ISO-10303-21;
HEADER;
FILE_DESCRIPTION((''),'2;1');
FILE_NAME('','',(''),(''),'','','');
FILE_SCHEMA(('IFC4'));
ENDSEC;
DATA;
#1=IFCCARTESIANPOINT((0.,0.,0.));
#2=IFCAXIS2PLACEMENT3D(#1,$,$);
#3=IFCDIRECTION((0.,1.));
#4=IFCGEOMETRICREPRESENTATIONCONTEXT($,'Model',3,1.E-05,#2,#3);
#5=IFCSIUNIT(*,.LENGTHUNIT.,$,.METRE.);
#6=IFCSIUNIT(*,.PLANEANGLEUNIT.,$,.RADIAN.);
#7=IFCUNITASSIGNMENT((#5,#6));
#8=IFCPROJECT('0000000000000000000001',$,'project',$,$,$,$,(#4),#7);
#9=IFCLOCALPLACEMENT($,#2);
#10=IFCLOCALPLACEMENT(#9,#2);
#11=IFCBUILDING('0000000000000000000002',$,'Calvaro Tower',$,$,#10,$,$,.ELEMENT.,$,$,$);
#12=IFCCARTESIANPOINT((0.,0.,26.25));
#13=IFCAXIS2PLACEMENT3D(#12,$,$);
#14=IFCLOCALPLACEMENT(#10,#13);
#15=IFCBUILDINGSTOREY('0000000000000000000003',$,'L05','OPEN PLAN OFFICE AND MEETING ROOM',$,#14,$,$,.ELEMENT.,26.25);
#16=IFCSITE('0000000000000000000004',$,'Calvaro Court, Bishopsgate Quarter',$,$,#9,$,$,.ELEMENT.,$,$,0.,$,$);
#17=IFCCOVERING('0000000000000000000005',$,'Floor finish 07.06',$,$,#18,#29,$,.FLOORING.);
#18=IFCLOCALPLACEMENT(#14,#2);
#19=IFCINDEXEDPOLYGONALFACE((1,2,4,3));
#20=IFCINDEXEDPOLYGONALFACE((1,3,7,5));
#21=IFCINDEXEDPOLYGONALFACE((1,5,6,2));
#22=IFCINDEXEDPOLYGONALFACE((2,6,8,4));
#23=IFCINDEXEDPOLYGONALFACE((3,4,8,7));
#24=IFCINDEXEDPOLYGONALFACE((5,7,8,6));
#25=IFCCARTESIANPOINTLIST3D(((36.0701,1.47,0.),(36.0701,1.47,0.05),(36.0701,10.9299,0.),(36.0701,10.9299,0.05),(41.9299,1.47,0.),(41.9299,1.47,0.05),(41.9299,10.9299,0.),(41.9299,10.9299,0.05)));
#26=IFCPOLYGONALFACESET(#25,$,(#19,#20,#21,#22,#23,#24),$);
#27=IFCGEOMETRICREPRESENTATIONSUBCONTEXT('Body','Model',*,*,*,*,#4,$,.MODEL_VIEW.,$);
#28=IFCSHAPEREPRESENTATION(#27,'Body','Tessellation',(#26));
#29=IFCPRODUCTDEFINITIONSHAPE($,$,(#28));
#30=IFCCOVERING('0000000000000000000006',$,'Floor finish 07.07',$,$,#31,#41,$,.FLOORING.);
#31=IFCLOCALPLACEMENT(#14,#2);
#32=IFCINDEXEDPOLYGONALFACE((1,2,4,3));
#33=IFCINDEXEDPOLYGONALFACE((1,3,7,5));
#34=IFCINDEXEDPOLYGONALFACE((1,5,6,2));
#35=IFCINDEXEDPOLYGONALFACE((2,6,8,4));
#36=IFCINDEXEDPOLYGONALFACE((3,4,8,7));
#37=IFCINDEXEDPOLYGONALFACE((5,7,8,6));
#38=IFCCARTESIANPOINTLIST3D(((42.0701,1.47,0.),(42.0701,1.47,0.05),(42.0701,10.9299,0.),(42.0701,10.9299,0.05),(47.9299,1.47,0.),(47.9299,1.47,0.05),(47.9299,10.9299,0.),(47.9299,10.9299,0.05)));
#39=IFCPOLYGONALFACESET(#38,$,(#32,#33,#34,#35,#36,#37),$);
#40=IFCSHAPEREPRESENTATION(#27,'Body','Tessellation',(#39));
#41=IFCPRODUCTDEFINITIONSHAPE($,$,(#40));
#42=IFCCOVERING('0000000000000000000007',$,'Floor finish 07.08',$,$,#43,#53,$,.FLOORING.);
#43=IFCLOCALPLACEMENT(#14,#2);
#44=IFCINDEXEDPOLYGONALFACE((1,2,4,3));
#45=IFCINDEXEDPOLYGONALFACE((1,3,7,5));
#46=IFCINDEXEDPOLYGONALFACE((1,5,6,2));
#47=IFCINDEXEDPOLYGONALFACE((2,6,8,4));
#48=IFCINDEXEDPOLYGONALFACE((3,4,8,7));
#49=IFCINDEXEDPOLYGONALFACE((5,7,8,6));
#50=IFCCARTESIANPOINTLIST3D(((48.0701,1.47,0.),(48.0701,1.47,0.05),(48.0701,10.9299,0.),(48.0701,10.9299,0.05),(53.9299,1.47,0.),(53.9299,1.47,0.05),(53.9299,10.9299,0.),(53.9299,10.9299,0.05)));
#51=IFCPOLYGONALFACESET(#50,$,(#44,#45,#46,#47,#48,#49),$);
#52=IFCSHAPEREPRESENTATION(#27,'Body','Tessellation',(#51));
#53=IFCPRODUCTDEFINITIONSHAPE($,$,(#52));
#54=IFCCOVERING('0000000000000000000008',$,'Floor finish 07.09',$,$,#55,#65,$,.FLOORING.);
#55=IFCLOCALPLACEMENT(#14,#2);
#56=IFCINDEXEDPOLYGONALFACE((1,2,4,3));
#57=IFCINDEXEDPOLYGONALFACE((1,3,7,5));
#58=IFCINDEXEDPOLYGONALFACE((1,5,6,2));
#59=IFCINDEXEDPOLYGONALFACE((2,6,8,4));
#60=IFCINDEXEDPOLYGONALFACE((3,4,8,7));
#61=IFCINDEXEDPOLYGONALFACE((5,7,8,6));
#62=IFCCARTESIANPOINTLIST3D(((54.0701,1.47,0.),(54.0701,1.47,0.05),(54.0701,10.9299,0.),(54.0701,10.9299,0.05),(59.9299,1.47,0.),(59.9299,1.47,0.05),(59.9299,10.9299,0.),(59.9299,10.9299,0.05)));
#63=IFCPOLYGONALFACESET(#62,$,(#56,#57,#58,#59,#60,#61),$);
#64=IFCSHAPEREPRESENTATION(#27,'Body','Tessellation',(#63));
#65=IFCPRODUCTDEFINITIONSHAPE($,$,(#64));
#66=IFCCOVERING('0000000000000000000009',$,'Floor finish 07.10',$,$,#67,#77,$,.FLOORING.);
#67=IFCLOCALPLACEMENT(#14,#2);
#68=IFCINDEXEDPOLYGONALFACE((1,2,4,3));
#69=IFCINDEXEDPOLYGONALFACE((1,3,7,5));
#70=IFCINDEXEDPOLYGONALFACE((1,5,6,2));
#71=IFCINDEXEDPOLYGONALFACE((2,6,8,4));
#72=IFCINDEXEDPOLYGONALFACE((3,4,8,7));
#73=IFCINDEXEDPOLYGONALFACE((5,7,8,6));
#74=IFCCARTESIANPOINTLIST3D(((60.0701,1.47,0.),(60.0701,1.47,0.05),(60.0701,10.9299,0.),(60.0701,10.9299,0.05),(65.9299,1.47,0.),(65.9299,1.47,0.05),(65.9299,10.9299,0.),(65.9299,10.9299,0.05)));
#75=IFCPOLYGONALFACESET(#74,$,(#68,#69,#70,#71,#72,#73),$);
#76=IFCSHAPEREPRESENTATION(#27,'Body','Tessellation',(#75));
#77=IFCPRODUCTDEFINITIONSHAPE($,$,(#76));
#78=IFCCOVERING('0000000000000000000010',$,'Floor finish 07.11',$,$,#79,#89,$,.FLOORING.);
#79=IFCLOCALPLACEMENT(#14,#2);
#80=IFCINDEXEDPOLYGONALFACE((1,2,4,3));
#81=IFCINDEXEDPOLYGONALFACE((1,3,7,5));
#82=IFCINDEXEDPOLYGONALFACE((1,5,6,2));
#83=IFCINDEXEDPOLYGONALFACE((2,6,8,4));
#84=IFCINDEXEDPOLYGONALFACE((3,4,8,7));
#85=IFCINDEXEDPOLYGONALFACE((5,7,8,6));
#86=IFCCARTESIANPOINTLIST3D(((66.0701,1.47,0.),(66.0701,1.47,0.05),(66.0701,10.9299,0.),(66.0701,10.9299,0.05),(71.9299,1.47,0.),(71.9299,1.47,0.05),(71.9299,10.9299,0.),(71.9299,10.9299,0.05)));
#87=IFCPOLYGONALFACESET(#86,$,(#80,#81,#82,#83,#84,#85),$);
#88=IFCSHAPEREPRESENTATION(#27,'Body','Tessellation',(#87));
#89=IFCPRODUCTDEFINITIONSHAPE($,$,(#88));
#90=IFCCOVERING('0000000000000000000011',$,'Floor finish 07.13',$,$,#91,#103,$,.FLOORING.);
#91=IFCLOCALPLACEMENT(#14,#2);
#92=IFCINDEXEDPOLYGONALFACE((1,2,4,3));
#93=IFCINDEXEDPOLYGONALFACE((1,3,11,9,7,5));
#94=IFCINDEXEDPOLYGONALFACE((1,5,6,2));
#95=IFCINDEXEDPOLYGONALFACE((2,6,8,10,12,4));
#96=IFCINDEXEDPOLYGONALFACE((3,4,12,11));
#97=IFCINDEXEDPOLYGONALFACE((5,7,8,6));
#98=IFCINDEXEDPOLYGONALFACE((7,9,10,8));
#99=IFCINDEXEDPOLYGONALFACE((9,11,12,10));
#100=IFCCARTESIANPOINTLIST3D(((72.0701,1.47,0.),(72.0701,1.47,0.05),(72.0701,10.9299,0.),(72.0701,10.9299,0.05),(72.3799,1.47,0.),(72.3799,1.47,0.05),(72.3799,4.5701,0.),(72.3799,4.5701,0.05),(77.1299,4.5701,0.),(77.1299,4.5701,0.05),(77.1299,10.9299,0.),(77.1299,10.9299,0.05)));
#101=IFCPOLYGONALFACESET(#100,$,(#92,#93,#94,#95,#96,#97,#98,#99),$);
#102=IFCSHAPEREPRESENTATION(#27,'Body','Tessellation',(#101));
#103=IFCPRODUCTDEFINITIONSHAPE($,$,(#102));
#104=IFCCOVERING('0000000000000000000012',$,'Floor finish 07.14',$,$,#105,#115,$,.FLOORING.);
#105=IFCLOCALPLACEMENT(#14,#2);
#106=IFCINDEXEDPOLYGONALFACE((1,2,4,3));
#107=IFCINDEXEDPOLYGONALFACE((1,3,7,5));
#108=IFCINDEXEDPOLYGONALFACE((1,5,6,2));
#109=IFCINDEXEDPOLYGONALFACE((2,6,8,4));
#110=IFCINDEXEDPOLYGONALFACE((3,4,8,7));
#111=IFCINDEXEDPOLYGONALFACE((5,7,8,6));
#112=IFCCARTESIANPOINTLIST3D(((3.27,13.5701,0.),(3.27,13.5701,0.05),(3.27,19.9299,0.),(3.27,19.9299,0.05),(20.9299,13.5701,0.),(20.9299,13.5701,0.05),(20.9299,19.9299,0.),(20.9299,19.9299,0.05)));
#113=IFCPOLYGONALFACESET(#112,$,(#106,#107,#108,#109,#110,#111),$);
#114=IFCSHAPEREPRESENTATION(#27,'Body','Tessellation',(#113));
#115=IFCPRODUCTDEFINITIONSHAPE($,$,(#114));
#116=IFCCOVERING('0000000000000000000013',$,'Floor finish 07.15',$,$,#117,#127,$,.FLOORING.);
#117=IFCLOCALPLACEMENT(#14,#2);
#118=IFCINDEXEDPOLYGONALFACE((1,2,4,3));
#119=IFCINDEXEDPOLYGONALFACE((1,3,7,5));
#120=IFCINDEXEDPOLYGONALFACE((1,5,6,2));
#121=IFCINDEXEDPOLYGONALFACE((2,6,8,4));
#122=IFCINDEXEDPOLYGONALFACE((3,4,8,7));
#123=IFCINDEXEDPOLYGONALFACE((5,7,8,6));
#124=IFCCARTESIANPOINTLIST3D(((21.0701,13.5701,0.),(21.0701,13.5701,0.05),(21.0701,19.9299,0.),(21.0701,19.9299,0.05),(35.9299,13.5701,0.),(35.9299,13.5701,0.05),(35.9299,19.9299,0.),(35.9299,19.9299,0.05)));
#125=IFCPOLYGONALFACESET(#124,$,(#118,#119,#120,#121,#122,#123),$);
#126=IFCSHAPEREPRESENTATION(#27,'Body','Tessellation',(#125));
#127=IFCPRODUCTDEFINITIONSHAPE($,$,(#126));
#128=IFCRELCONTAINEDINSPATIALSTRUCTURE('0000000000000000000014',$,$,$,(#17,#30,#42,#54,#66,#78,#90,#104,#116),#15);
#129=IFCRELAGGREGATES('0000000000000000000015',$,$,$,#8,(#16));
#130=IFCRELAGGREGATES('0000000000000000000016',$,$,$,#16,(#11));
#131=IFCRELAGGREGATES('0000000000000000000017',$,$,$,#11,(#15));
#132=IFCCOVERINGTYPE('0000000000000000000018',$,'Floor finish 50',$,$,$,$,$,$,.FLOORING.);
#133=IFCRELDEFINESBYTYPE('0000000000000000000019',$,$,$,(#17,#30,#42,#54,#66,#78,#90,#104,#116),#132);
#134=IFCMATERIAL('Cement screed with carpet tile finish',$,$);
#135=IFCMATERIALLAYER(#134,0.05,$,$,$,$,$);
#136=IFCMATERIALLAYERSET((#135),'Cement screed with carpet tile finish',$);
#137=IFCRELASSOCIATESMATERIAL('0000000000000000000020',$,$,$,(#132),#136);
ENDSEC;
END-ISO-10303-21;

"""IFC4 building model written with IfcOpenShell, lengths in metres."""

from ifc_helpers import new_model, si_unit, direction, frame, origin, place, context, subcontext, project, spatial, polyline, outline, extrude, material, layer, layer_set, type_object, element, save


model = new_model("IFC4")

# Units and contexts
model_context = context("Model", 3, precision=1e-05, world=origin(), true_north=direction((0.0, 1.0)))
body_context = subcontext(model_context, "Body", "Model", "MODEL_VIEW")
ifc_project = project(units=[si_unit("LENGTHUNIT", "METRE"), si_unit("PLANEANGLEUNIT", "RADIAN")], contexts=[model_context])

# Site, building, storey
site_placement = place(None, origin())
site = spatial("IfcSite", under=ifc_project, at=site_placement, Name="Calvaro Court, Bishopsgate Quarter", CompositionType="ELEMENT", RefElevation=0.0)
building_placement = place(site_placement, origin())
building = spatial("IfcBuilding", under=site, at=building_placement, Name="Calvaro Tower", CompositionType="ELEMENT")
storey_placement = place(building_placement, frame((0.0, 0.0, 26.25)))
storey = spatial("IfcBuildingStorey", under=building, at=storey_placement, Name="L05", Description="OPEN PLAN OFFICE AND MEETING ROOM", CompositionType="ELEMENT", Elevation=26.25)

# Coverings
ifc_material_1 = material(Name="Cement screed with carpet tile finish")
ifc_layer_1 = layer(ifc_material_1, 0.05)
ifc_layer_set_1 = layer_set([ifc_layer_1], Name="Cement screed with carpet tile finish")
covering_type = type_object("IfcCoveringType", Name="Floor finish 50", PredefinedType="FLOORING", material=ifc_layer_set_1)
covering_1_placement = place(storey_placement, origin())
element("IfcCovering", 1, at=covering_1_placement, inside=storey, type_object=covering_type, Name="Floor finish 07.06", PredefinedType="FLOORING", context=body_context, shape_type="SweptSolid", body=[
    extrude(outline(polyline([(36.0701, 10.9299), (41.9299, 10.9299), (41.9299, 1.47), (36.0701, 1.47), (36.0701, 10.9299)])), origin(), (0.0, 0.0, 1.0), 0.05),
])
covering_2_placement = place(storey_placement, origin())
element("IfcCovering", 2, at=covering_2_placement, inside=storey, type_object=covering_type, Name="Floor finish 07.07", PredefinedType="FLOORING", context=body_context, shape_type="SweptSolid", body=[
    extrude(outline(polyline([(42.0701, 10.9299), (47.9299, 10.9299), (47.9299, 1.47), (42.0701, 1.47), (42.0701, 10.9299)])), origin(), (0.0, 0.0, 1.0), 0.05),
])
covering_3_placement = place(storey_placement, origin())
element("IfcCovering", 3, at=covering_3_placement, inside=storey, type_object=covering_type, Name="Floor finish 07.08", PredefinedType="FLOORING", context=body_context, shape_type="SweptSolid", body=[
    extrude(outline(polyline([(48.0701, 10.9299), (53.9299, 10.9299), (53.9299, 1.47), (48.0701, 1.47), (48.0701, 10.9299)])), origin(), (0.0, 0.0, 1.0), 0.05),
])
covering_4_placement = place(storey_placement, origin())
element("IfcCovering", 4, at=covering_4_placement, inside=storey, type_object=covering_type, Name="Floor finish 07.09", PredefinedType="FLOORING", context=body_context, shape_type="SweptSolid", body=[
    extrude(outline(polyline([(54.0701, 10.9299), (59.9299, 10.9299), (59.9299, 1.47), (54.0701, 1.47), (54.0701, 10.9299)])), origin(), (0.0, 0.0, 1.0), 0.05),
])
covering_5_placement = place(storey_placement, origin())
element("IfcCovering", 5, at=covering_5_placement, inside=storey, type_object=covering_type, Name="Floor finish 07.10", PredefinedType="FLOORING", context=body_context, shape_type="SweptSolid", body=[
    extrude(outline(polyline([(60.0701, 10.9299), (65.9299, 10.9299), (65.9299, 1.47), (60.0701, 1.47), (60.0701, 10.9299)])), origin(), (0.0, 0.0, 1.0), 0.05),
])
covering_6_placement = place(storey_placement, origin())
element("IfcCovering", 6, at=covering_6_placement, inside=storey, type_object=covering_type, Name="Floor finish 07.11", PredefinedType="FLOORING", context=body_context, shape_type="SweptSolid", body=[
    extrude(outline(polyline([(66.0701, 10.9299), (71.9299, 10.9299), (71.9299, 1.47), (66.0701, 1.47), (66.0701, 10.9299)])), origin(), (0.0, 0.0, 1.0), 0.05),
])
covering_7_placement = place(storey_placement, origin())
element("IfcCovering", 7, at=covering_7_placement, inside=storey, type_object=covering_type, Name="Floor finish 07.13", PredefinedType="FLOORING", context=body_context, shape_type="SweptSolid", body=[
    extrude(outline(polyline([(77.1299, 4.5701), (72.3799, 4.5701), (72.3799, 1.47), (72.0701, 1.47), (72.0701, 10.9299), (77.1299, 10.9299), (77.1299, 4.5701)])), origin(), (0.0, 0.0, 1.0), 0.05),
])
covering_8_placement = place(storey_placement, origin())
element("IfcCovering", 8, at=covering_8_placement, inside=storey, type_object=covering_type, Name="Floor finish 07.14", PredefinedType="FLOORING", context=body_context, shape_type="SweptSolid", body=[
    extrude(outline(polyline([(3.27, 13.5701), (3.27, 19.9299), (20.9299, 19.9299), (20.9299, 13.5701), (3.27, 13.5701)])), origin(), (0.0, 0.0, 1.0), 0.05),
])
covering_9_placement = place(storey_placement, origin())
element("IfcCovering", 9, at=covering_9_placement, inside=storey, type_object=covering_type, Name="Floor finish 07.15", PredefinedType="FLOORING", context=body_context, shape_type="SweptSolid", body=[
    extrude(outline(polyline([(21.0701, 13.5701), (21.0701, 19.9299), (35.9299, 19.9299), (35.9299, 13.5701), (21.0701, 13.5701)])), origin(), (0.0, 0.0, 1.0), 0.05),
])

save(model, "model.ifc")
